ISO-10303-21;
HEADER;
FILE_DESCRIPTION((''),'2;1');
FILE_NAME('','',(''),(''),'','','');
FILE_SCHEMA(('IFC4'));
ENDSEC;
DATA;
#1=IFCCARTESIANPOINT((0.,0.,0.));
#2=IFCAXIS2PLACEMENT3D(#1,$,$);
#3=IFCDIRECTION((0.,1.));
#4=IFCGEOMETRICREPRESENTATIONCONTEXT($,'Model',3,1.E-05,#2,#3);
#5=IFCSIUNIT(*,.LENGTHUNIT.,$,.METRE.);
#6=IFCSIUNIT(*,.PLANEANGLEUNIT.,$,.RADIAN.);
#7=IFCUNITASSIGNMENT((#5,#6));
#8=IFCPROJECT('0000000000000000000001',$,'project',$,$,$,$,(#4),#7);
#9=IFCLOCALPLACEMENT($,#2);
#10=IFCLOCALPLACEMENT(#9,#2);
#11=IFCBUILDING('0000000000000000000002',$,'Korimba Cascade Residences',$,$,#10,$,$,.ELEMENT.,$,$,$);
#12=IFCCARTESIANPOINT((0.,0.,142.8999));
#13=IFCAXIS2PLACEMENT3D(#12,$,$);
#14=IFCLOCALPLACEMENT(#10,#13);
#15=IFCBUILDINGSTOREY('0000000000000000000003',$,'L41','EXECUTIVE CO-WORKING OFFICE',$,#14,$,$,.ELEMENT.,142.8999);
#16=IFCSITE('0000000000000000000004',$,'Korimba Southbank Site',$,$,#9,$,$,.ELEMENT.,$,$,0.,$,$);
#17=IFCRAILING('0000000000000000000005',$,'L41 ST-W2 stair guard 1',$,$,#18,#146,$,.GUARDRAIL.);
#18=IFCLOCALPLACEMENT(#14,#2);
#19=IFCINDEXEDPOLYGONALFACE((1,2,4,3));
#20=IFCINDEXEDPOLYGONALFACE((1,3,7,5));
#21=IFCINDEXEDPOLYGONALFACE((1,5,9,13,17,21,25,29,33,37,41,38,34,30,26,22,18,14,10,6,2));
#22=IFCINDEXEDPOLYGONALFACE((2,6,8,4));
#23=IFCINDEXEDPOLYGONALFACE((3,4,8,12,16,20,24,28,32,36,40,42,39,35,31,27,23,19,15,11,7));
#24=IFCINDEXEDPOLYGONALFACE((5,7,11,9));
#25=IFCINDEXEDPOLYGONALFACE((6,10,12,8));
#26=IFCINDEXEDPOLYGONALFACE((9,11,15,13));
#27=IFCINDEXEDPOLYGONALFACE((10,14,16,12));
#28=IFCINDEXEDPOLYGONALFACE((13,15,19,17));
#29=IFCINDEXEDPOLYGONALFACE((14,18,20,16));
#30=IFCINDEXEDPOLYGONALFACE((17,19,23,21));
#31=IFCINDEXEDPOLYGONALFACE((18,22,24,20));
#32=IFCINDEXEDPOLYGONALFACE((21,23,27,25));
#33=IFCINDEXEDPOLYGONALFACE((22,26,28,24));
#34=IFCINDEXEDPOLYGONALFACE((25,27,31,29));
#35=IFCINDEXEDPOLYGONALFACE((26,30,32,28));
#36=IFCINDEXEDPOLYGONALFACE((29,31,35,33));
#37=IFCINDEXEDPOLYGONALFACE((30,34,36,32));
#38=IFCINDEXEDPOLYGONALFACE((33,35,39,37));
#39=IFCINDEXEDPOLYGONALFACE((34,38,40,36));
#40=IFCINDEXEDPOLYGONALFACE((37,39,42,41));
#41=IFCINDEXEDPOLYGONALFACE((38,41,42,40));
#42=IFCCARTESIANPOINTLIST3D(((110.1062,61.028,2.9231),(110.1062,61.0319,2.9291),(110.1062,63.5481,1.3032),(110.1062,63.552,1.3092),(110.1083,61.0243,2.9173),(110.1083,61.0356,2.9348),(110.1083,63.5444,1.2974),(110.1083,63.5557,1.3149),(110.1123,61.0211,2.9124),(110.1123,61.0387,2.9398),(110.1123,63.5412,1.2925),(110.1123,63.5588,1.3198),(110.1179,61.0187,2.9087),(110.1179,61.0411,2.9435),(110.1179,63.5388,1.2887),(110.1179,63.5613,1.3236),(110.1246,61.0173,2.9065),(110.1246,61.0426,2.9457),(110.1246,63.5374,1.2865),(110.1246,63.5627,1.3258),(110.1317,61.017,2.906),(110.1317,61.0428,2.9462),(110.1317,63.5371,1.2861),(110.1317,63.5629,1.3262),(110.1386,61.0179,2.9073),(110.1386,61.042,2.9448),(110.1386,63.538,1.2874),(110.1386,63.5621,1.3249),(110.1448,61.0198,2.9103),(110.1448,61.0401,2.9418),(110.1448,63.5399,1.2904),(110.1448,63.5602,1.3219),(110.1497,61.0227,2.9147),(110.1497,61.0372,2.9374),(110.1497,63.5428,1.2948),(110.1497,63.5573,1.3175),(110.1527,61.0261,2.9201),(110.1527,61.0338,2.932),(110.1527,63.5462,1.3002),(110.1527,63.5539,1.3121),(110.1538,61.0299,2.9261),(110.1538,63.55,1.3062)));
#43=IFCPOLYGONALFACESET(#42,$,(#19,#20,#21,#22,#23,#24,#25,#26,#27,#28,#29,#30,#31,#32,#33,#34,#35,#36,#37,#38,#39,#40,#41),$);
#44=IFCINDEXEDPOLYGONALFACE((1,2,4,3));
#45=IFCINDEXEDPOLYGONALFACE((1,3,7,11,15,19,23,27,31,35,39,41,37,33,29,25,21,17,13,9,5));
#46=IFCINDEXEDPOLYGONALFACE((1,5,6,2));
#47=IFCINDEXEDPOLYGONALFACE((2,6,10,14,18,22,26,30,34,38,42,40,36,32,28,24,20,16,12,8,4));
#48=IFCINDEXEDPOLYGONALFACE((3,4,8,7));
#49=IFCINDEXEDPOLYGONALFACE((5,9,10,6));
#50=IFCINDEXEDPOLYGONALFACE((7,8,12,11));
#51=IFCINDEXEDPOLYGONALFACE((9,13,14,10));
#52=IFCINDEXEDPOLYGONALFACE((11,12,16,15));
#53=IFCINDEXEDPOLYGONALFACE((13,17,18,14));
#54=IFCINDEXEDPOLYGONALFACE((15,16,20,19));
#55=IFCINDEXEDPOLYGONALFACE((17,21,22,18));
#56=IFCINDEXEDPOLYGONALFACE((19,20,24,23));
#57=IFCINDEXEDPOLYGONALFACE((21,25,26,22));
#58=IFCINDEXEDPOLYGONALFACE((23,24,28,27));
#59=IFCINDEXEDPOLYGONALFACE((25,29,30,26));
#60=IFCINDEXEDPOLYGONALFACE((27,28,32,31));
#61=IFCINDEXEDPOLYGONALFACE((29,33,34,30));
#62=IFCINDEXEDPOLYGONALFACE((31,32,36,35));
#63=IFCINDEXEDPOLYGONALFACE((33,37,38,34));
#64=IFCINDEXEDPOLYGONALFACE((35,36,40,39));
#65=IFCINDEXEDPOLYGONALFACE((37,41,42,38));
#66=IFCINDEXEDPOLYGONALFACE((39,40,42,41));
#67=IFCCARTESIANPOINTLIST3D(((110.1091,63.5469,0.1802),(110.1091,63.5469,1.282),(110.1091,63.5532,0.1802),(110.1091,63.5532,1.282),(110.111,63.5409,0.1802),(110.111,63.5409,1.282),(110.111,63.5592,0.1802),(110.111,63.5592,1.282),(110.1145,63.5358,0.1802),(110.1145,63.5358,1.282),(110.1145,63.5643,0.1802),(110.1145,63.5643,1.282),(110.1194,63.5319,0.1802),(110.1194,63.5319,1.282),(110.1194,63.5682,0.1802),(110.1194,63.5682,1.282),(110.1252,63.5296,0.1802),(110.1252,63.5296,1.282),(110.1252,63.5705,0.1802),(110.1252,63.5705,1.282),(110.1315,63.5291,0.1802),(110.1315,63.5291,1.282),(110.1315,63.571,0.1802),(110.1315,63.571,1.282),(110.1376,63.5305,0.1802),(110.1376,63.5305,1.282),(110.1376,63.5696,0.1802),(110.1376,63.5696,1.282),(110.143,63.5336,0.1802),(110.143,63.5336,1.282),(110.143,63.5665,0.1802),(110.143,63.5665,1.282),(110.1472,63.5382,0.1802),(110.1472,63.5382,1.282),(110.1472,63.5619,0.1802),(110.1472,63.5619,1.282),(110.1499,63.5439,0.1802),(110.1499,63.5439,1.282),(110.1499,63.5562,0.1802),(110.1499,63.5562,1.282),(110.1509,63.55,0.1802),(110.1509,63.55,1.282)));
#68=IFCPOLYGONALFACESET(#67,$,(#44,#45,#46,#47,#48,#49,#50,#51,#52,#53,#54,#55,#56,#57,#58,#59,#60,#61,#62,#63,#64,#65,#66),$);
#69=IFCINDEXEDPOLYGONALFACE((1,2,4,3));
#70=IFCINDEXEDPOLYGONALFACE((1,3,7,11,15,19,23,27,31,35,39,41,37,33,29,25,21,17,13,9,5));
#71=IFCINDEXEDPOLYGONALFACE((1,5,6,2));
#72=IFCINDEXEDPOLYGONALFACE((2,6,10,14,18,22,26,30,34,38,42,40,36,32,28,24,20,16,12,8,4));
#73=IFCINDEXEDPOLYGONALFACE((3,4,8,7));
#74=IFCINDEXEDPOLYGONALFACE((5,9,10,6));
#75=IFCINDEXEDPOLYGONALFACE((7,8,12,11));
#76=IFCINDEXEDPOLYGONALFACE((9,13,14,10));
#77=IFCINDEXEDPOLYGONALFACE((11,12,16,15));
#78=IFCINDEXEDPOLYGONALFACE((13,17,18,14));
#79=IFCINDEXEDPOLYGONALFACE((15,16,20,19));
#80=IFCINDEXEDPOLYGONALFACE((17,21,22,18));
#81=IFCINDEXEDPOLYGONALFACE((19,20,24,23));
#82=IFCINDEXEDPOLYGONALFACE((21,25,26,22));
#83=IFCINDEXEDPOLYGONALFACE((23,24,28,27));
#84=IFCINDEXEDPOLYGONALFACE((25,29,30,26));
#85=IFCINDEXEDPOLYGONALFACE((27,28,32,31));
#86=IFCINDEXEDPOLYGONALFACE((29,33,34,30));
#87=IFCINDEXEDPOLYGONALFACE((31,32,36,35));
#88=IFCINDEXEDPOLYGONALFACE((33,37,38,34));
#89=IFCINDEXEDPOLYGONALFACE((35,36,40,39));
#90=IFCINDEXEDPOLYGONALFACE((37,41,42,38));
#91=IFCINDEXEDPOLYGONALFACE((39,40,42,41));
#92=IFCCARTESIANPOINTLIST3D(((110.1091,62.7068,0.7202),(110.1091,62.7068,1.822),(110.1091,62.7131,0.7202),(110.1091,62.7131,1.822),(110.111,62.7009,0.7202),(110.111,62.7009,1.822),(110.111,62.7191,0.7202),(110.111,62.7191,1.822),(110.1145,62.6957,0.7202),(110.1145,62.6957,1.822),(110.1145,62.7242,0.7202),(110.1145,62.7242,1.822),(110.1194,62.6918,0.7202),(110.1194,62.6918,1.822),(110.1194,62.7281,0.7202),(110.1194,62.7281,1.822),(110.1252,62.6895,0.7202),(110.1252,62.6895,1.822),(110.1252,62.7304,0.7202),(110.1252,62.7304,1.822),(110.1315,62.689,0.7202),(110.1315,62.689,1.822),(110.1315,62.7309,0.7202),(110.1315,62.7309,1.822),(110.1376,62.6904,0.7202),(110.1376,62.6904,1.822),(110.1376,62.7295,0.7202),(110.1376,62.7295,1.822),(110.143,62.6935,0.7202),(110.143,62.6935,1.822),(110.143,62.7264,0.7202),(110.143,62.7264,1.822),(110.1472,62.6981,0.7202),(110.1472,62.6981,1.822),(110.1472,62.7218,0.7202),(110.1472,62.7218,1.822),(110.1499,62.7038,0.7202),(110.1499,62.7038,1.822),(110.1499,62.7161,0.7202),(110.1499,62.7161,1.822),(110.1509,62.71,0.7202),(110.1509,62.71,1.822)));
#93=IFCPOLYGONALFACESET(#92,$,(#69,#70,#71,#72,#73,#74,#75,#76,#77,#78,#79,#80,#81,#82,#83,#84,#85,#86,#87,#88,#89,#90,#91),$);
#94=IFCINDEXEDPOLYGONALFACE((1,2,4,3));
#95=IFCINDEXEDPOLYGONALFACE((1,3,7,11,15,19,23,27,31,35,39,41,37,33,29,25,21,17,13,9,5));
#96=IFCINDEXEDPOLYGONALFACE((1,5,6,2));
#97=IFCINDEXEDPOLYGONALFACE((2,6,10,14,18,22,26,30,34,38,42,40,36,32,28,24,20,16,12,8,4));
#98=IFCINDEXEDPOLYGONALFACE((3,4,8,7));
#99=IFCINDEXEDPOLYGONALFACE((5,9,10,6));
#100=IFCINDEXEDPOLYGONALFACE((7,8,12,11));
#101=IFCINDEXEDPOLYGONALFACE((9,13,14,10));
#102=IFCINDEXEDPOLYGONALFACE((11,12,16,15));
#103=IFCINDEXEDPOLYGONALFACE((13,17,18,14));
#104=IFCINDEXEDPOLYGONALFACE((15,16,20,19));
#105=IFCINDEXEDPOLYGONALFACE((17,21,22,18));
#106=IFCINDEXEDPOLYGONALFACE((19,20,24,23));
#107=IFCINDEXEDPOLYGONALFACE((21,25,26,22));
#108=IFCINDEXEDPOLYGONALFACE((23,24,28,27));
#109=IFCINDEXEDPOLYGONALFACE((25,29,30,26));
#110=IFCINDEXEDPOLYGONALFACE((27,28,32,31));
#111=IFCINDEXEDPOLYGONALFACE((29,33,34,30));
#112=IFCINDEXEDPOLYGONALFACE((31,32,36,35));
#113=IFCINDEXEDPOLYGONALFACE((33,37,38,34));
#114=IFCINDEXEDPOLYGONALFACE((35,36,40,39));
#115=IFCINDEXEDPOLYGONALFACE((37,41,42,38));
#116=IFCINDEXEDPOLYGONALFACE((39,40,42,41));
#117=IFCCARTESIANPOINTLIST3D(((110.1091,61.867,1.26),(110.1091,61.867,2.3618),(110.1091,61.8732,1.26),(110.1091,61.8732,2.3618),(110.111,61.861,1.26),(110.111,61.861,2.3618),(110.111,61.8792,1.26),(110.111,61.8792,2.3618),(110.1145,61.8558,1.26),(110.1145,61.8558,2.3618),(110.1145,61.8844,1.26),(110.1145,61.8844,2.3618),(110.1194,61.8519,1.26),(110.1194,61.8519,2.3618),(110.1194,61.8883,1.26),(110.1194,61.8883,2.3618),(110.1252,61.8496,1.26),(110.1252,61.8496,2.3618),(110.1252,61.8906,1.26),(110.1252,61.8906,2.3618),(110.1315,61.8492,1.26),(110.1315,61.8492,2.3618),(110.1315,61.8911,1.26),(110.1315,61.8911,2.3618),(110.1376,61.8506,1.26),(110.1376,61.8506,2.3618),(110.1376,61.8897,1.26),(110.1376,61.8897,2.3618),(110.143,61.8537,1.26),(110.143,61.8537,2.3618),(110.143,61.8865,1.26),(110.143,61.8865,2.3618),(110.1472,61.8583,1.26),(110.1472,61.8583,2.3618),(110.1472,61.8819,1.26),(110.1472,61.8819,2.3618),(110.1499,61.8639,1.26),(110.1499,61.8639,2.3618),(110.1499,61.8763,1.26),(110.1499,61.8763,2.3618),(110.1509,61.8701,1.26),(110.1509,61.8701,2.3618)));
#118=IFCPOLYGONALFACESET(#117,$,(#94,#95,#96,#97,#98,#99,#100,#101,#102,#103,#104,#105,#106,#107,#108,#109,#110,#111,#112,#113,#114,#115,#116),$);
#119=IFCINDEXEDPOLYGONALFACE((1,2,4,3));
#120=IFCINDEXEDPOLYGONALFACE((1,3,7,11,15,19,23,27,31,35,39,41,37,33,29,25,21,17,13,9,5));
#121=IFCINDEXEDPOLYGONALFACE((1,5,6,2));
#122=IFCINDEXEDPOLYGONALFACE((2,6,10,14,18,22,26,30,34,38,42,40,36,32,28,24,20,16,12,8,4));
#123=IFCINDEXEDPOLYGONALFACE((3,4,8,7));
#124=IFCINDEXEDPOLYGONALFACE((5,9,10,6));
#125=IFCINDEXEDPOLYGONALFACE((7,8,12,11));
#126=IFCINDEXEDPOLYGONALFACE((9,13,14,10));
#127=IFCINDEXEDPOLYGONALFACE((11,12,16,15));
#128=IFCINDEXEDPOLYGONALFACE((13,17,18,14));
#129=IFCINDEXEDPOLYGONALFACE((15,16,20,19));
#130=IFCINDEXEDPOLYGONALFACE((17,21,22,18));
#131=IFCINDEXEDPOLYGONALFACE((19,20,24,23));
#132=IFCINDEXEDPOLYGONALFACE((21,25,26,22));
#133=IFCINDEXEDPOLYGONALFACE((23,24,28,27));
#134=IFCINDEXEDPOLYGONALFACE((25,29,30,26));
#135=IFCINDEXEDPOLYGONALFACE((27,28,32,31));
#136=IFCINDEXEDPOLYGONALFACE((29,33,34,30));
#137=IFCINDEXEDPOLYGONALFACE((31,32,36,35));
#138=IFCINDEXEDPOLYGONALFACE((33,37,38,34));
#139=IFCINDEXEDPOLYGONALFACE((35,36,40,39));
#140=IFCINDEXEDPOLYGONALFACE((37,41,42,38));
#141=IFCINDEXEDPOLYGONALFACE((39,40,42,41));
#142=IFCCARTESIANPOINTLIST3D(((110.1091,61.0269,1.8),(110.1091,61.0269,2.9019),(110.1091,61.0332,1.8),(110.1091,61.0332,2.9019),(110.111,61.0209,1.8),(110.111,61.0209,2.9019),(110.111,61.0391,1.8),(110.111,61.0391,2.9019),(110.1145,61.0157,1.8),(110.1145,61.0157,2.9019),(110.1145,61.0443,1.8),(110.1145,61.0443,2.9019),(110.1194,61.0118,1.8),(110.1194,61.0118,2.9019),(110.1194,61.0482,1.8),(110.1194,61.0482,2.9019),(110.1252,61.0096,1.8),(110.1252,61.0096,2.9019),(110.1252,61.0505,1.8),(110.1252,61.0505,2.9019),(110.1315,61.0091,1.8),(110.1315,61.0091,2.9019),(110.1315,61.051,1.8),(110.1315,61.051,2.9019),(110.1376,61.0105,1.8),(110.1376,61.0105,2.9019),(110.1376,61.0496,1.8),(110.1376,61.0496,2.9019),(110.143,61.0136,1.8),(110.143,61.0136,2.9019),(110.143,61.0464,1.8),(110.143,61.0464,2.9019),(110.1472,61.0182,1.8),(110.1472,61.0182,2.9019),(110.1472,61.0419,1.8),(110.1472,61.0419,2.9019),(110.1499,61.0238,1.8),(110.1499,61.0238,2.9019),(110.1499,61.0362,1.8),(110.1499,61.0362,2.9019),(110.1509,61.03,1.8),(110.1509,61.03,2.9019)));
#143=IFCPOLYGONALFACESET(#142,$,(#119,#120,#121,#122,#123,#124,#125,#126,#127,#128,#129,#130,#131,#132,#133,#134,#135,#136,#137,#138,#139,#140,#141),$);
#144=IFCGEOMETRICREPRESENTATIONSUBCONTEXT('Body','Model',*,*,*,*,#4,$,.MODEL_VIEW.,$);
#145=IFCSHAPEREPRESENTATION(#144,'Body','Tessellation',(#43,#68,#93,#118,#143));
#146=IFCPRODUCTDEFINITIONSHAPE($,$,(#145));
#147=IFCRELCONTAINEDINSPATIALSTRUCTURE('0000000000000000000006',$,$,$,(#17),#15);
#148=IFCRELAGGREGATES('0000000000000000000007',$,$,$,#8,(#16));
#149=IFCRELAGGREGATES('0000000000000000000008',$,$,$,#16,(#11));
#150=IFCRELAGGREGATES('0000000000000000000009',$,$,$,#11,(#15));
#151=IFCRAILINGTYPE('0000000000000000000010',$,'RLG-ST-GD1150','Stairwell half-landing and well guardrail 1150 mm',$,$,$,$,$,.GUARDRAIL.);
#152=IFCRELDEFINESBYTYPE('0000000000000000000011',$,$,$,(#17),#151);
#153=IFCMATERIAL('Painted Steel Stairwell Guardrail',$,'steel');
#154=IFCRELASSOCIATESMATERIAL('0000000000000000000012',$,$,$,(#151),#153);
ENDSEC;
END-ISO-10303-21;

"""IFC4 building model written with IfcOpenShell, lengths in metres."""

from ifc_helpers import new_model, si_unit, direction, frame, origin, origin_2d, place, context, subcontext, project, spatial, circle, extrude, material, type_object, element, save


model = new_model("IFC4")

# Units and contexts
model_context = context("Model", 3, precision=1e-05, world=origin(), true_north=direction((0.0, 1.0)))
body_context = subcontext(model_context, "Body", "Model", "MODEL_VIEW")
ifc_project = project(units=[si_unit("LENGTHUNIT", "METRE"), si_unit("PLANEANGLEUNIT", "RADIAN")], contexts=[model_context])

# Site, building, storey
site_placement = place(None, origin())
site = spatial("IfcSite", under=ifc_project, at=site_placement, Name="Korimba Southbank Site", CompositionType="ELEMENT", RefElevation=0.0)
building_placement = place(site_placement, origin())
building = spatial("IfcBuilding", under=site, at=building_placement, Name="Korimba Cascade Residences", CompositionType="ELEMENT")
storey_placement = place(building_placement, frame((0.0, 0.0, 142.8999)))
storey = spatial("IfcBuildingStorey", under=building, at=storey_placement, Name="L41", Description="EXECUTIVE CO-WORKING OFFICE", CompositionType="ELEMENT", Elevation=142.8999)

# Railing
ifc_material_1 = material(Name="Painted Steel Stairwell Guardrail", Category="steel")
railing_type_1 = type_object("IfcRailingType", Name="RLG-ST-GD1150", Description="Stairwell half-landing and well guardrail 1150 mm", PredefinedType="GUARDRAIL", material=ifc_material_1)
railing_1_placement = place(storey_placement, frame((110.1299, 63.55, 0.1802)))
element("IfcRailing", 1, at=railing_1_placement, inside=storey, type_object=railing_type_1, Name="L41 ST-W2 stair guard 1", PredefinedType="GUARDRAIL", context=body_context, shape_type="SweptSolid", body=[
    extrude(circle(Radius=0.0239, at=origin_2d()), frame((0.0, 0.0, 1.126), z_axis=(0.0, -0.8412, 0.540725), x_axis=(1.0, 0.0, 0.0)), (0.0, 0.0, 1.0), 2.9958),
    extrude(circle(Radius=0.021, at=origin_2d()), origin(), (0.0, 0.0, 1.0), 1.1018),
    extrude(circle(Radius=0.021, at=origin_2d()), frame((0.0, -0.8401, 0.54)), (0.0, 0.0, 1.0), 1.1018),
    extrude(circle(Radius=0.021, at=origin_2d()), frame((0.0, -1.6799, 1.0798)), (0.0, 0.0, 1.0), 1.1018),
    extrude(circle(Radius=0.021, at=origin_2d()), frame((0.0, -2.52, 1.6199)), (0.0, 0.0, 1.0), 1.1018),
])

save(model, "model.ifc")
